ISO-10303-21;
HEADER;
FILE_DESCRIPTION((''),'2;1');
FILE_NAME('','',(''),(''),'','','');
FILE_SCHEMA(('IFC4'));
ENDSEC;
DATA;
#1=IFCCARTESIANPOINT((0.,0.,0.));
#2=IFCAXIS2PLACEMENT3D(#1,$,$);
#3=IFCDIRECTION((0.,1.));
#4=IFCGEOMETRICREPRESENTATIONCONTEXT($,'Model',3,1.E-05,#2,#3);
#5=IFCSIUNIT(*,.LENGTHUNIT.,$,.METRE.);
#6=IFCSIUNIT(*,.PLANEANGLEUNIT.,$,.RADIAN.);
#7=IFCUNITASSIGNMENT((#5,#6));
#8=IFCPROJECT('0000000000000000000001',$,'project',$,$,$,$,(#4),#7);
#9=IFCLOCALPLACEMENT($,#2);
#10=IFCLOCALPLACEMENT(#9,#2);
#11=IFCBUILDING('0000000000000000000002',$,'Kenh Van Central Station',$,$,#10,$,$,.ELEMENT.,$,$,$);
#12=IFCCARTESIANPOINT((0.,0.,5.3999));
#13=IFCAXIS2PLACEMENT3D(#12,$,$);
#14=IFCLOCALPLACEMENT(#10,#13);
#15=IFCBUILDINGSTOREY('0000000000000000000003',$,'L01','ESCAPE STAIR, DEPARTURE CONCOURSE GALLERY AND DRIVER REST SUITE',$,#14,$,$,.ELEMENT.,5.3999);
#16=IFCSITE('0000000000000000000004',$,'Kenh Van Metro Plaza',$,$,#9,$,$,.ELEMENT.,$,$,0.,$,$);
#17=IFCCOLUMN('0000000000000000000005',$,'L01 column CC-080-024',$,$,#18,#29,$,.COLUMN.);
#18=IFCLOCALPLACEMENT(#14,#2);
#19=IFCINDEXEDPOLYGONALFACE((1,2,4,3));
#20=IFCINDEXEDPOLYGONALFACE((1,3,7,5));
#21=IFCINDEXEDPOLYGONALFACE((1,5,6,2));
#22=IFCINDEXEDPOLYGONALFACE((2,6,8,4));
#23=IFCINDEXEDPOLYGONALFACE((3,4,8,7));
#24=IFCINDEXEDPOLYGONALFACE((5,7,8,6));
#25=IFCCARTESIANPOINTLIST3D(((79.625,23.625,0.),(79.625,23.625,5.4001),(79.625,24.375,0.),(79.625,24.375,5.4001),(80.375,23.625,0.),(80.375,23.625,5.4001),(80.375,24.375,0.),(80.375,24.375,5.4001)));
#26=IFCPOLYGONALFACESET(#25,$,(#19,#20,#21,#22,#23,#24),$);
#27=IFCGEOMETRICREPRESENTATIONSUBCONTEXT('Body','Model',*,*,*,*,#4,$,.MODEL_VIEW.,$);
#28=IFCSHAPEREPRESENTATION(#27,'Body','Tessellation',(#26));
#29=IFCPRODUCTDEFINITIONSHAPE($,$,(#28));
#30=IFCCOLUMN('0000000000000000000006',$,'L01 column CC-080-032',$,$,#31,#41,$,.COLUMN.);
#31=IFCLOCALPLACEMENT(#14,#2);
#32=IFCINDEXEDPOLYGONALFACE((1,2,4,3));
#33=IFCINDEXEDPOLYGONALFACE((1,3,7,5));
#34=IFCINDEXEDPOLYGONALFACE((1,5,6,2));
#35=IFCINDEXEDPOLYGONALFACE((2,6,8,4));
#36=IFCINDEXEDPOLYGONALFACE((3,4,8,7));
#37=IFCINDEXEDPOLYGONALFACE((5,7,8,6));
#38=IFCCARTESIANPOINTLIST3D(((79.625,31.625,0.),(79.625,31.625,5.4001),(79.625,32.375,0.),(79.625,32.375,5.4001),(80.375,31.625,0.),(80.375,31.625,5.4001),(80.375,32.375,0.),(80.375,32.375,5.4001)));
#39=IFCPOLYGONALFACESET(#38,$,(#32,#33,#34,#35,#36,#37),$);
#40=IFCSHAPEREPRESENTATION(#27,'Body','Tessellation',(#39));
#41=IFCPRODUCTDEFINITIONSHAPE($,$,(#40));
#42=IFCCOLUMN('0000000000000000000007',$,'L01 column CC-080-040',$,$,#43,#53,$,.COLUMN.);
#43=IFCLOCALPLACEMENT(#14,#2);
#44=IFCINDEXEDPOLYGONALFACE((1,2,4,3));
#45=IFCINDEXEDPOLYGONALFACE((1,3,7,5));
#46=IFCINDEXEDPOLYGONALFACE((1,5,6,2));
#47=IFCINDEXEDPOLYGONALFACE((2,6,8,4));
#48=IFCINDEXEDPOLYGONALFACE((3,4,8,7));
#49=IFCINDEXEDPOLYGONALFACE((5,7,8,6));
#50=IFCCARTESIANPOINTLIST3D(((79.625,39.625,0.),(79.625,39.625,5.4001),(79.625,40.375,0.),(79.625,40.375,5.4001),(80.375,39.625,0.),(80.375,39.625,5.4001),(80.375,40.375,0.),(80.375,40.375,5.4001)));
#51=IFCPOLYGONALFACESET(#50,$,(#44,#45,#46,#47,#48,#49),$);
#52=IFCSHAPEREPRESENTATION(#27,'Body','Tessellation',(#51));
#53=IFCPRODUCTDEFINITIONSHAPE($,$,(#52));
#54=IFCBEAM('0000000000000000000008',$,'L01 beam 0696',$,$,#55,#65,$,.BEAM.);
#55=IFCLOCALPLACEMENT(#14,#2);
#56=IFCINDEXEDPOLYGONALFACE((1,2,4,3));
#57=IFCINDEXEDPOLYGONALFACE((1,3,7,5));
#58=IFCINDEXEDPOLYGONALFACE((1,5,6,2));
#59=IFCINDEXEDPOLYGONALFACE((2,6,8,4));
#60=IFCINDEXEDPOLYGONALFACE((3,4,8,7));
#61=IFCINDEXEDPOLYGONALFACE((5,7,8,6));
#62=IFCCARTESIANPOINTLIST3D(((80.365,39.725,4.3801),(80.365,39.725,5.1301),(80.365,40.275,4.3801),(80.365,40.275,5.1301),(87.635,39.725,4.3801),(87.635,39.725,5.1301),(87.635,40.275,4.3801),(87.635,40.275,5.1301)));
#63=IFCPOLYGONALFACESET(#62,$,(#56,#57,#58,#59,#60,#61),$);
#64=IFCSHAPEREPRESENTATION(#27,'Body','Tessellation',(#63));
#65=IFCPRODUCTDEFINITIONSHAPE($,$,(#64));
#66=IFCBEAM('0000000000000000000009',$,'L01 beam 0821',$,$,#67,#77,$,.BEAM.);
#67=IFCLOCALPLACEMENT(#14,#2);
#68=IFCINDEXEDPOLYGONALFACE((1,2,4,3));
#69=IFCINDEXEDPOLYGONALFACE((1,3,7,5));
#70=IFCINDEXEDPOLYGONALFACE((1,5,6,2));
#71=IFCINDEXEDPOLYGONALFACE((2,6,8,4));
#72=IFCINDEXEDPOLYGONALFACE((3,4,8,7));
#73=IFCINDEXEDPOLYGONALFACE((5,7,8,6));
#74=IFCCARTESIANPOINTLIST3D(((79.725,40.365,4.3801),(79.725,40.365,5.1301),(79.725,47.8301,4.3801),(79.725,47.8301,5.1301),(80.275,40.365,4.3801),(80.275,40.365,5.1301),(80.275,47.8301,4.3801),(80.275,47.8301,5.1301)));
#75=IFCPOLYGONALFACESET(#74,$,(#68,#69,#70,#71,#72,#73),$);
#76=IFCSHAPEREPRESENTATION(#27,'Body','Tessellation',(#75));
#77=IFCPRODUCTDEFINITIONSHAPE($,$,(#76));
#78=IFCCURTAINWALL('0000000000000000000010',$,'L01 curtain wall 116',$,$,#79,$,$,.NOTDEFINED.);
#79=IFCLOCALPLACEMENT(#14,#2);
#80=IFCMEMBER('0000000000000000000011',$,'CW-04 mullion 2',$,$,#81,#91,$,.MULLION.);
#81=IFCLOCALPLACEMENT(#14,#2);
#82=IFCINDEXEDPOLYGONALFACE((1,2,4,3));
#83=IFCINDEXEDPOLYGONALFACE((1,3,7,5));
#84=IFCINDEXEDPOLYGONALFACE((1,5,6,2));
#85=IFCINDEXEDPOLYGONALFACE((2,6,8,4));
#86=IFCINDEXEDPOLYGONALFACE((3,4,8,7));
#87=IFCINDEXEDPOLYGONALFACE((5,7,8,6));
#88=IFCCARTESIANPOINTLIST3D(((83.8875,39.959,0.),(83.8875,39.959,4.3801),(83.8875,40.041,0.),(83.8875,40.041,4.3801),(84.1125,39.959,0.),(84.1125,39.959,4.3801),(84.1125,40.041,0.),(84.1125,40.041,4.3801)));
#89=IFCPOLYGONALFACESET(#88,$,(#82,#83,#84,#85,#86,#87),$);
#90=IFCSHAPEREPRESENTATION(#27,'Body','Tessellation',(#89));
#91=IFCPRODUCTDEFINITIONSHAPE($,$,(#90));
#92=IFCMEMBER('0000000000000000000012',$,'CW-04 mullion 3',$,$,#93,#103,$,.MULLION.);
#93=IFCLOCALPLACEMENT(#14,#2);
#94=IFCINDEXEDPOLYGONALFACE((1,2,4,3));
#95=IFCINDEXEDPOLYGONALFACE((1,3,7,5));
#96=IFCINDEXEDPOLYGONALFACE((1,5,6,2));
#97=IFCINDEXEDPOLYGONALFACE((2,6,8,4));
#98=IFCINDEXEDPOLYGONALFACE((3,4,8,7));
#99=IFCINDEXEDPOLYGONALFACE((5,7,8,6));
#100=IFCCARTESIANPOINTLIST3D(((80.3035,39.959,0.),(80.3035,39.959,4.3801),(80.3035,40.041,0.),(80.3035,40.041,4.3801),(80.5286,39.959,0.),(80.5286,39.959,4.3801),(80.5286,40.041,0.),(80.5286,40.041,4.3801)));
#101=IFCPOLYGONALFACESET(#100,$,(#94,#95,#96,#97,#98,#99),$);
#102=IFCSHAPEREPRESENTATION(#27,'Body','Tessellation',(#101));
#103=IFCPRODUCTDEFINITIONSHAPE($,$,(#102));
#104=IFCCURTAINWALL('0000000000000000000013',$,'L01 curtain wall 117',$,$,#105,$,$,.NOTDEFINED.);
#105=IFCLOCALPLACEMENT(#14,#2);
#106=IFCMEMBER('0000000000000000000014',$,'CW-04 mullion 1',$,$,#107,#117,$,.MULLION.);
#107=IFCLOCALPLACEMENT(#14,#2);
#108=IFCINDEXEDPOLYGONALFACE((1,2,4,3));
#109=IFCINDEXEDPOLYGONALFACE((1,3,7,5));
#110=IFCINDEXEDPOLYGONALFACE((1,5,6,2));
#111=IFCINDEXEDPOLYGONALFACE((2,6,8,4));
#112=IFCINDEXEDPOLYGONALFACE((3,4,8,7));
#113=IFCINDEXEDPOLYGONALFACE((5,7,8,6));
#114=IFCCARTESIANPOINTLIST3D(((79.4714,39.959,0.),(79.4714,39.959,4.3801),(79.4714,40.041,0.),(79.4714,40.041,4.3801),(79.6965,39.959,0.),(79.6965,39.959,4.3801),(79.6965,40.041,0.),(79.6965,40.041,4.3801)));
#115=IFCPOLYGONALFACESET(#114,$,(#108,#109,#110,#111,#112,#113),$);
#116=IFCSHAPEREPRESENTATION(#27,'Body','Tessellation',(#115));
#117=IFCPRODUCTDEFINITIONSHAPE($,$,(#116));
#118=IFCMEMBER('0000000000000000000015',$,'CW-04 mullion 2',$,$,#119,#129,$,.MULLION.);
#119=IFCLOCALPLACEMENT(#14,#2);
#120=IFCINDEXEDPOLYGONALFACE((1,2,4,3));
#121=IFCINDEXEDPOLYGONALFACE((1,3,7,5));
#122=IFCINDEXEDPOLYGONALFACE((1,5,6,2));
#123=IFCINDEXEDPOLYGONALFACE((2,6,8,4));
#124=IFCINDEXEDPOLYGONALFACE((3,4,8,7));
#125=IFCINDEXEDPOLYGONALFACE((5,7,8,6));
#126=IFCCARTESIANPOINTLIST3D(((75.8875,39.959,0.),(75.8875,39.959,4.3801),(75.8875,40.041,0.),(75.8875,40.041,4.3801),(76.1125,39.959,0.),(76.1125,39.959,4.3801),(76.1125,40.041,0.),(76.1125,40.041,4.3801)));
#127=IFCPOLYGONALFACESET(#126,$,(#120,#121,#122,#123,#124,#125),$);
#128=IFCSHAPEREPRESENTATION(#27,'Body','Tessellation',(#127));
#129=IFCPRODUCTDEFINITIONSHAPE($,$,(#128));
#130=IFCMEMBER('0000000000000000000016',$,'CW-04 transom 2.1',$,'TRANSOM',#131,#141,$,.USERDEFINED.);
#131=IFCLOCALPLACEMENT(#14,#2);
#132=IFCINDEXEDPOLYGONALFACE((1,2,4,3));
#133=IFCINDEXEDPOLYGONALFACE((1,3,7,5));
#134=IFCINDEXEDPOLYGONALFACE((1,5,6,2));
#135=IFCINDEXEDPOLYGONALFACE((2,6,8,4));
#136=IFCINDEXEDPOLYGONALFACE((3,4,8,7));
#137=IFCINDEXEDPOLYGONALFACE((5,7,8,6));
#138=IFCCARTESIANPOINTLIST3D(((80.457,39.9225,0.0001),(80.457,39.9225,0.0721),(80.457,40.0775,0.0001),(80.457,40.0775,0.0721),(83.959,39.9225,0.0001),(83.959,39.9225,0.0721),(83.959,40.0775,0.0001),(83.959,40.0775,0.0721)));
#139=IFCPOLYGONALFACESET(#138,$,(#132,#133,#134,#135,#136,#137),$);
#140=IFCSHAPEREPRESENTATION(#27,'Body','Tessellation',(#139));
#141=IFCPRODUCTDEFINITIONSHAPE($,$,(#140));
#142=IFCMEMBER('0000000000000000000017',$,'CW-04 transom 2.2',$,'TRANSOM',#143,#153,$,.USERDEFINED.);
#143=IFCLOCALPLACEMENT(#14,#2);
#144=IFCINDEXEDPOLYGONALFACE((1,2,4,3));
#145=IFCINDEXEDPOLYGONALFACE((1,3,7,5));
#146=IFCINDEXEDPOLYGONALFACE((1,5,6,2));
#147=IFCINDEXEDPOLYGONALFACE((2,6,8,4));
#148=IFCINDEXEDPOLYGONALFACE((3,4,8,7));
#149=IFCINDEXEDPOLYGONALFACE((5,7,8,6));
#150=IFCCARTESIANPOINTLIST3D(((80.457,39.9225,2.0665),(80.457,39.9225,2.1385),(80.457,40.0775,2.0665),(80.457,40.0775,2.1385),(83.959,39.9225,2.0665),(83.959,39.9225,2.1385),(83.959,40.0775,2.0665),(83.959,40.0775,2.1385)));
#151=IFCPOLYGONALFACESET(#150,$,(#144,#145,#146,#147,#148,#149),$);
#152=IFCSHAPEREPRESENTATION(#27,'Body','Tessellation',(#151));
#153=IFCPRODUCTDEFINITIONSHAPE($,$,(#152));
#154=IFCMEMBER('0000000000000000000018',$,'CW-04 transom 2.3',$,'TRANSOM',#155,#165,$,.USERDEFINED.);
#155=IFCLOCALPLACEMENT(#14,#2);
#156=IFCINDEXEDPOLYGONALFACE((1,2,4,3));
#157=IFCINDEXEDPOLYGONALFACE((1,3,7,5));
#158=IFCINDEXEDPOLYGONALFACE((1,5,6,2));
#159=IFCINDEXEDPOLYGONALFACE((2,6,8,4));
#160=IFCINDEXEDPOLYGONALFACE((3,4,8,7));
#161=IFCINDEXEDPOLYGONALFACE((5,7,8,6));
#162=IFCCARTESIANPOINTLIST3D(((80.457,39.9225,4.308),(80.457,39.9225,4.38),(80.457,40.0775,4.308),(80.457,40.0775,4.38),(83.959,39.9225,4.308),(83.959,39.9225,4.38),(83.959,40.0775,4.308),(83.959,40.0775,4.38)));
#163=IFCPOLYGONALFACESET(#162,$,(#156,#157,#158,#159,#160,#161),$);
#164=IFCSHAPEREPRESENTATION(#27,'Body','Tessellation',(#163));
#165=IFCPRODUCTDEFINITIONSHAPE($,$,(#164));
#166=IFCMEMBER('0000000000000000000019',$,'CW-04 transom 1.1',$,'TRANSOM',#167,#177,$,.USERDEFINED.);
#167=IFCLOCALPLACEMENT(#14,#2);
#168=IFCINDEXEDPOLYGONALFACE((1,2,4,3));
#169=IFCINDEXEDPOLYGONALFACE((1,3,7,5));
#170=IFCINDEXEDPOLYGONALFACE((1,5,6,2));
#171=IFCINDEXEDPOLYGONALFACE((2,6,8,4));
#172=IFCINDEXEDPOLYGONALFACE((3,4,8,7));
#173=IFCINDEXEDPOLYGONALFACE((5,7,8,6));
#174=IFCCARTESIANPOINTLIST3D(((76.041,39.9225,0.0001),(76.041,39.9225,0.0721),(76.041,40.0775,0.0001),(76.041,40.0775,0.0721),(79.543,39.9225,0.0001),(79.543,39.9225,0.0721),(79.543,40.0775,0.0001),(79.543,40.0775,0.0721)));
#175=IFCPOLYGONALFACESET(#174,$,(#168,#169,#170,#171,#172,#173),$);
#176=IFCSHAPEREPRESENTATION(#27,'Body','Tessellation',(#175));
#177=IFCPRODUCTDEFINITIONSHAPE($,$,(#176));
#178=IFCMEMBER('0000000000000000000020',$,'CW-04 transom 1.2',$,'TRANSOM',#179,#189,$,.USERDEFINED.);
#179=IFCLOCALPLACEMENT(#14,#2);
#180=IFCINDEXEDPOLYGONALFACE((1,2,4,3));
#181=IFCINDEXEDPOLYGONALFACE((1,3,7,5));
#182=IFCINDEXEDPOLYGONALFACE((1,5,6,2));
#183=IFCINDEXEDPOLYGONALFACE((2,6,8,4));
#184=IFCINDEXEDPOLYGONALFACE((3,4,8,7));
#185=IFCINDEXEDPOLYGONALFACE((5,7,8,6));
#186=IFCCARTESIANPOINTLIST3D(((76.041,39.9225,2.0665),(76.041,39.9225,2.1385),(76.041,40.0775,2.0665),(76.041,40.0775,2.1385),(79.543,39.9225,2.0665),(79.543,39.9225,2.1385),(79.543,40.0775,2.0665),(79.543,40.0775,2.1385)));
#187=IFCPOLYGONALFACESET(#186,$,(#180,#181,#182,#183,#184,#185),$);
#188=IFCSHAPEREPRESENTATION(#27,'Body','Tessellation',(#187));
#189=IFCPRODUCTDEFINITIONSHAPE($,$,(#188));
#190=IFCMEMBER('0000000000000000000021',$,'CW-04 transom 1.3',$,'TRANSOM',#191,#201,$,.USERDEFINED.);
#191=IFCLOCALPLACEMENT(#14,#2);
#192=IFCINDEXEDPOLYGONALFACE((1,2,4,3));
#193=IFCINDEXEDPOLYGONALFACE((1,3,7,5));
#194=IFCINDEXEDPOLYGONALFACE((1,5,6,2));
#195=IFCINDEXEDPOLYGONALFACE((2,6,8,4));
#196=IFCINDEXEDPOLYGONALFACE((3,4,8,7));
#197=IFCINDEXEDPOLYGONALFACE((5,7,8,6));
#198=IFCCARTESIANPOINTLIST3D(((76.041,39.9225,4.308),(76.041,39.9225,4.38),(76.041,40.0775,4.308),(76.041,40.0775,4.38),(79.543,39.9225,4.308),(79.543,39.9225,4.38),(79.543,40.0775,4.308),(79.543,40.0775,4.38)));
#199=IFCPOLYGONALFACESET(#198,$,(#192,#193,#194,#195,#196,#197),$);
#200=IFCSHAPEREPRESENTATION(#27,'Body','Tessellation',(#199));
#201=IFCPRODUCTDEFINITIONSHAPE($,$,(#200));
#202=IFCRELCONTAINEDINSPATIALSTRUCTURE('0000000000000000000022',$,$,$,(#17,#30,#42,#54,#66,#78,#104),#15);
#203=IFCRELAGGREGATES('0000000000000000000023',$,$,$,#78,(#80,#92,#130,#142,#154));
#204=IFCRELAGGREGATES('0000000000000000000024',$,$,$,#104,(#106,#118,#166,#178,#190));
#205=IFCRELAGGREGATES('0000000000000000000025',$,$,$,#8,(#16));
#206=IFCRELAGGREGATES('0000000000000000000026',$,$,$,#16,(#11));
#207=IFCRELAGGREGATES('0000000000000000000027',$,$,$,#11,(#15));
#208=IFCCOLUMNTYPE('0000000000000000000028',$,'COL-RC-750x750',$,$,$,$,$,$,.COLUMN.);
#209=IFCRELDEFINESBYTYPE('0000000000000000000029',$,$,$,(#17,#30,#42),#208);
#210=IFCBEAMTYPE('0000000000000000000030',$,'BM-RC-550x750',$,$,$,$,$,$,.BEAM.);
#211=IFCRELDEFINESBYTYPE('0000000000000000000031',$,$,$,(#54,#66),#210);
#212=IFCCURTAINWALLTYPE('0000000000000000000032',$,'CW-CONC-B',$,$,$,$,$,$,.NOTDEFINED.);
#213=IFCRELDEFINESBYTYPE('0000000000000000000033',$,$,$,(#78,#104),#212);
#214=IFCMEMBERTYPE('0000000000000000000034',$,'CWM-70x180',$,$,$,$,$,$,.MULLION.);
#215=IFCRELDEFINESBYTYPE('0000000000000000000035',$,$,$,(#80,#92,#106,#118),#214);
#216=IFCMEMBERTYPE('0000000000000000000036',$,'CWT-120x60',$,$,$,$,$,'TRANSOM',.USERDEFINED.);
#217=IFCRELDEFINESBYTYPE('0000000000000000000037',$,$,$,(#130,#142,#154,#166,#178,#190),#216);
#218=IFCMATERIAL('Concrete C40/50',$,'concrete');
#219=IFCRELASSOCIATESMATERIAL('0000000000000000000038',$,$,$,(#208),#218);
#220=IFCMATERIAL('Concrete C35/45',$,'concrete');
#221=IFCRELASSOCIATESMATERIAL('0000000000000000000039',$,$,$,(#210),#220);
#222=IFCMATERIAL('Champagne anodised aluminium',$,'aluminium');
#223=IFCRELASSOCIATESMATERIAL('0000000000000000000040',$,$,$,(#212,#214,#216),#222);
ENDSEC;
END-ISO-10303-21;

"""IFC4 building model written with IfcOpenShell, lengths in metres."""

from ifc_helpers import new_model, si_unit, direction, frame, origin, origin_2d, place, context, subcontext, project, spatial, rectangle, extrude, material, material_profile, profile_set, type_object, element, aggregate, save


model = new_model("IFC4")

# Units and contexts
model_context = context("Model", 3, precision=1e-05, world=origin(), true_north=direction((0.0, 1.0)))
body_context = subcontext(model_context, "Body", "Model", "MODEL_VIEW")
ifc_project = project(units=[si_unit("LENGTHUNIT", "METRE"), si_unit("PLANEANGLEUNIT", "RADIAN")], contexts=[model_context])

# Site, building, storey
site_placement = place(None, origin())
site = spatial("IfcSite", under=ifc_project, at=site_placement, Name="Kenh Van Metro Plaza", CompositionType="ELEMENT", RefElevation=0.0)
building_placement = place(site_placement, origin())
building = spatial("IfcBuilding", under=site, at=building_placement, Name="Kenh Van Central Station", CompositionType="ELEMENT")
storey_placement = place(building_placement, frame((0.0, 0.0, 5.3999)))
storey = spatial("IfcBuildingStorey", under=building, at=storey_placement, Name="L01", Description="ESCAPE STAIR, DEPARTURE CONCOURSE GALLERY AND DRIVER REST SUITE", CompositionType="ELEMENT", Elevation=5.3999)

# Columns
ifc_material_1 = material(Name="Concrete C40/50", Category="concrete")
ifc_material_profile_1 = material_profile(ifc_material_1, rectangle(XDim=0.75, YDim=0.75, at=origin_2d()), Name="RC 750x750")
ifc_profile_set_1 = profile_set([ifc_material_profile_1], Name="Concrete C40/50")
column_type = type_object("IfcColumnType", Name="COL-RC-750x750", PredefinedType="COLUMN", material=ifc_profile_set_1)
for number, where, z_axis, x_axis, name in (
    (1, (80.0, 24.0, 0.0), (0.0, 0.0, 1.0), (1.0, 0.0, 0.0), "L01 column CC-080-024"),
    (2, (80.0, 32.0, 0.0), (0.0, 0.0, 1.0), (1.0, 0.0, 0.0), "L01 column CC-080-032"),
    (3, (80.0, 40.0, 0.0), (0.0, 0.0, 1.0), (1.0, 0.0, 0.0), "L01 column CC-080-040"),
):
    element("IfcColumn", number, at=place(storey_placement, frame(where, z_axis=z_axis, x_axis=x_axis)), inside=storey, type_object=column_type, Name=name, PredefinedType="COLUMN", context=body_context, shape_type="SweptSolid", body=[
        extrude(rectangle(XDim=0.75, YDim=0.75, at=origin_2d()), origin(), (0.0, 0.0, 1.0), 5.4001),
    ])

# Beams
ifc_material_2 = material(Name="Concrete C35/45", Category="concrete")
ifc_material_profile_2 = material_profile(ifc_material_2, rectangle(XDim=0.55, YDim=0.75, at=origin_2d()), Name="RC 550x750")
ifc_profile_set_2 = profile_set([ifc_material_profile_2], Name="Concrete C35/45")
beam_type = type_object("IfcBeamType", Name="BM-RC-550x750", PredefinedType="BEAM", material=ifc_profile_set_2)
beam_1_placement = place(storey_placement, frame((80.365, 40.0, 4.7551), z_axis=(1.0, 0.0, 0.0), x_axis=(0.0, 1.0, 0.0)))
element("IfcBeam", 4, at=beam_1_placement, inside=storey, type_object=beam_type, Name="L01 beam 0696", PredefinedType="BEAM", context=body_context, shape_type="SweptSolid", body=[
    extrude(rectangle(XDim=0.55, YDim=0.75, at=origin_2d()), origin(), (0.0, 0.0, 1.0), 7.27),
])
beam_2_placement = place(storey_placement, frame((80.0, 40.365, 4.7551), z_axis=(0.0, 1.0, 0.0), x_axis=(-1.0, 0.0, 0.0)))
element("IfcBeam", 5, at=beam_2_placement, inside=storey, type_object=beam_type, Name="L01 beam 0821", PredefinedType="BEAM", context=body_context, shape_type="SweptSolid", body=[
    extrude(rectangle(XDim=0.55, YDim=0.75, at=origin_2d()), origin(), (0.0, 0.0, 1.0), 7.4651),
])

# Curtain walls, members
ifc_material_3 = material(Name="Champagne anodised aluminium", Category="aluminium")
curtain_wall_type = type_object("IfcCurtainWallType", Name="CW-CONC-B", PredefinedType="NOTDEFINED", material=ifc_material_3)
curtain_wall_1_placement = place(storey_placement, origin())
curtain_wall_1 = element("IfcCurtainWall", 6, at=curtain_wall_1_placement, inside=storey, type_object=curtain_wall_type, Name="L01 curtain wall 116", PredefinedType="NOTDEFINED")
ifc_material_profile_3 = material_profile(ifc_material_3, rectangle(XDim=0.082, YDim=0.2251, at=origin_2d()), Name="AL 82x225")
ifc_profile_set_3 = profile_set([ifc_material_profile_3], Name="Champagne anodised aluminium")
member_type_1 = type_object("IfcMemberType", Name="CWM-70x180", PredefinedType="MULLION", material=ifc_profile_set_3)
member_1_placement = place(storey_placement, frame((84.0, 40.0, 0.0), z_axis=(0.0, 0.0, 1.0), x_axis=(0.0, -1.0, 0.0)))
member_1 = element("IfcMember", 7, at=member_1_placement, type_object=member_type_1, Name="CW-04 mullion 2", PredefinedType="MULLION", context=body_context, shape_type="SweptSolid", body=[
    extrude(rectangle(XDim=0.082, YDim=0.2251, at=origin_2d()), origin(), (0.0, 0.0, 1.0), 4.3801),
])
member_2_placement = place(storey_placement, frame((80.416, 40.0, 0.0), z_axis=(0.0, 0.0, 1.0), x_axis=(0.0, -1.0, 0.0)))
member_2 = element("IfcMember", 8, at=member_2_placement, type_object=member_type_1, Name="CW-04 mullion 3", PredefinedType="MULLION", context=body_context, shape_type="SweptSolid", body=[
    extrude(rectangle(XDim=0.082, YDim=0.2251, at=origin_2d()), origin(), (0.0, 0.0, 1.0), 4.3801),
])
curtain_wall_2_placement = place(storey_placement, origin())
curtain_wall_2 = element("IfcCurtainWall", 9, at=curtain_wall_2_placement, inside=storey, type_object=curtain_wall_type, Name="L01 curtain wall 117", PredefinedType="NOTDEFINED")
member_3_placement = place(storey_placement, frame((79.584, 40.0, 0.0), z_axis=(0.0, 0.0, 1.0), x_axis=(0.0, -1.0, 0.0)))
member_3 = element("IfcMember", 10, at=member_3_placement, type_object=member_type_1, Name="CW-04 mullion 1", PredefinedType="MULLION", context=body_context, shape_type="SweptSolid", body=[
    extrude(rectangle(XDim=0.082, YDim=0.2251, at=origin_2d()), origin(), (0.0, 0.0, 1.0), 4.3801),
])
member_4_placement = place(storey_placement, frame((76.0, 40.0, 0.0), z_axis=(0.0, 0.0, 1.0), x_axis=(0.0, -1.0, 0.0)))
member_4 = element("IfcMember", 11, at=member_4_placement, type_object=member_type_1, Name="CW-04 mullion 2", PredefinedType="MULLION", context=body_context, shape_type="SweptSolid", body=[
    extrude(rectangle(XDim=0.082, YDim=0.2251, at=origin_2d()), origin(), (0.0, 0.0, 1.0), 4.3801),
])

# Members
ifc_material_profile_4 = material_profile(ifc_material_3, rectangle(XDim=0.155, YDim=0.072, at=origin_2d()), Name="AL 155x72")
ifc_profile_set_4 = profile_set([ifc_material_profile_4], Name="Champagne anodised aluminium")
member_type_2 = type_object("IfcMemberType", Name="CWT-120x60", ElementType="TRANSOM", PredefinedType="USERDEFINED", material=ifc_profile_set_4)
member_5_placement = place(storey_placement, frame((83.959, 40.0, 0.0361), z_axis=(-1.0, 0.0, 0.0), x_axis=(0.0, -1.0, 0.0)))
member_5 = element("IfcMember", 12, at=member_5_placement, type_object=member_type_2, Name="CW-04 transom 2.1", ObjectType="TRANSOM", PredefinedType="USERDEFINED", context=body_context, shape_type="SweptSolid", body=[
    extrude(rectangle(XDim=0.155, YDim=0.072, at=origin_2d()), origin(), (0.0, 0.0, 1.0), 3.502),
])
member_6_placement = place(storey_placement, frame((83.959, 40.0, 2.1025), z_axis=(-1.0, 0.0, 0.0), x_axis=(0.0, -1.0, 0.0)))
member_6 = element("IfcMember", 13, at=member_6_placement, type_object=member_type_2, Name="CW-04 transom 2.2", ObjectType="TRANSOM", PredefinedType="USERDEFINED", context=body_context, shape_type="SweptSolid", body=[
    extrude(rectangle(XDim=0.155, YDim=0.072, at=origin_2d()), origin(), (0.0, 0.0, 1.0), 3.502),
])
member_7_placement = place(storey_placement, frame((83.959, 40.0, 4.344), z_axis=(-1.0, 0.0, 0.0), x_axis=(0.0, -1.0, 0.0)))
member_7 = element("IfcMember", 14, at=member_7_placement, type_object=member_type_2, Name="CW-04 transom 2.3", ObjectType="TRANSOM", PredefinedType="USERDEFINED", context=body_context, shape_type="SweptSolid", body=[
    extrude(rectangle(XDim=0.155, YDim=0.072, at=origin_2d()), origin(), (0.0, 0.0, 1.0), 3.502),
])
member_8_placement = place(storey_placement, frame((79.543, 40.0, 0.0361), z_axis=(-1.0, 0.0, 0.0), x_axis=(0.0, -1.0, 0.0)))
member_8 = element("IfcMember", 15, at=member_8_placement, type_object=member_type_2, Name="CW-04 transom 1.1", ObjectType="TRANSOM", PredefinedType="USERDEFINED", context=body_context, shape_type="SweptSolid", body=[
    extrude(rectangle(XDim=0.155, YDim=0.072, at=origin_2d()), origin(), (0.0, 0.0, 1.0), 3.502),
])
member_9_placement = place(storey_placement, frame((79.543, 40.0, 2.1025), z_axis=(-1.0, 0.0, 0.0), x_axis=(0.0, -1.0, 0.0)))
member_9 = element("IfcMember", 16, at=member_9_placement, type_object=member_type_2, Name="CW-04 transom 1.2", ObjectType="TRANSOM", PredefinedType="USERDEFINED", context=body_context, shape_type="SweptSolid", body=[
    extrude(rectangle(XDim=0.155, YDim=0.072, at=origin_2d()), origin(), (0.0, 0.0, 1.0), 3.502),
])
member_10_placement = place(storey_placement, frame((79.543, 40.0, 4.344), z_axis=(-1.0, 0.0, 0.0), x_axis=(0.0, -1.0, 0.0)))
member_10 = element("IfcMember", 17, at=member_10_placement, type_object=member_type_2, Name="CW-04 transom 1.3", ObjectType="TRANSOM", PredefinedType="USERDEFINED", context=body_context, shape_type="SweptSolid", body=[
    extrude(rectangle(XDim=0.155, YDim=0.072, at=origin_2d()), origin(), (0.0, 0.0, 1.0), 3.502),
])

aggregate(curtain_wall_1, [member_1, member_2, member_5, member_6, member_7])
aggregate(curtain_wall_2, [member_3, member_4, member_8, member_9, member_10])

save(model, "model.ifc")
